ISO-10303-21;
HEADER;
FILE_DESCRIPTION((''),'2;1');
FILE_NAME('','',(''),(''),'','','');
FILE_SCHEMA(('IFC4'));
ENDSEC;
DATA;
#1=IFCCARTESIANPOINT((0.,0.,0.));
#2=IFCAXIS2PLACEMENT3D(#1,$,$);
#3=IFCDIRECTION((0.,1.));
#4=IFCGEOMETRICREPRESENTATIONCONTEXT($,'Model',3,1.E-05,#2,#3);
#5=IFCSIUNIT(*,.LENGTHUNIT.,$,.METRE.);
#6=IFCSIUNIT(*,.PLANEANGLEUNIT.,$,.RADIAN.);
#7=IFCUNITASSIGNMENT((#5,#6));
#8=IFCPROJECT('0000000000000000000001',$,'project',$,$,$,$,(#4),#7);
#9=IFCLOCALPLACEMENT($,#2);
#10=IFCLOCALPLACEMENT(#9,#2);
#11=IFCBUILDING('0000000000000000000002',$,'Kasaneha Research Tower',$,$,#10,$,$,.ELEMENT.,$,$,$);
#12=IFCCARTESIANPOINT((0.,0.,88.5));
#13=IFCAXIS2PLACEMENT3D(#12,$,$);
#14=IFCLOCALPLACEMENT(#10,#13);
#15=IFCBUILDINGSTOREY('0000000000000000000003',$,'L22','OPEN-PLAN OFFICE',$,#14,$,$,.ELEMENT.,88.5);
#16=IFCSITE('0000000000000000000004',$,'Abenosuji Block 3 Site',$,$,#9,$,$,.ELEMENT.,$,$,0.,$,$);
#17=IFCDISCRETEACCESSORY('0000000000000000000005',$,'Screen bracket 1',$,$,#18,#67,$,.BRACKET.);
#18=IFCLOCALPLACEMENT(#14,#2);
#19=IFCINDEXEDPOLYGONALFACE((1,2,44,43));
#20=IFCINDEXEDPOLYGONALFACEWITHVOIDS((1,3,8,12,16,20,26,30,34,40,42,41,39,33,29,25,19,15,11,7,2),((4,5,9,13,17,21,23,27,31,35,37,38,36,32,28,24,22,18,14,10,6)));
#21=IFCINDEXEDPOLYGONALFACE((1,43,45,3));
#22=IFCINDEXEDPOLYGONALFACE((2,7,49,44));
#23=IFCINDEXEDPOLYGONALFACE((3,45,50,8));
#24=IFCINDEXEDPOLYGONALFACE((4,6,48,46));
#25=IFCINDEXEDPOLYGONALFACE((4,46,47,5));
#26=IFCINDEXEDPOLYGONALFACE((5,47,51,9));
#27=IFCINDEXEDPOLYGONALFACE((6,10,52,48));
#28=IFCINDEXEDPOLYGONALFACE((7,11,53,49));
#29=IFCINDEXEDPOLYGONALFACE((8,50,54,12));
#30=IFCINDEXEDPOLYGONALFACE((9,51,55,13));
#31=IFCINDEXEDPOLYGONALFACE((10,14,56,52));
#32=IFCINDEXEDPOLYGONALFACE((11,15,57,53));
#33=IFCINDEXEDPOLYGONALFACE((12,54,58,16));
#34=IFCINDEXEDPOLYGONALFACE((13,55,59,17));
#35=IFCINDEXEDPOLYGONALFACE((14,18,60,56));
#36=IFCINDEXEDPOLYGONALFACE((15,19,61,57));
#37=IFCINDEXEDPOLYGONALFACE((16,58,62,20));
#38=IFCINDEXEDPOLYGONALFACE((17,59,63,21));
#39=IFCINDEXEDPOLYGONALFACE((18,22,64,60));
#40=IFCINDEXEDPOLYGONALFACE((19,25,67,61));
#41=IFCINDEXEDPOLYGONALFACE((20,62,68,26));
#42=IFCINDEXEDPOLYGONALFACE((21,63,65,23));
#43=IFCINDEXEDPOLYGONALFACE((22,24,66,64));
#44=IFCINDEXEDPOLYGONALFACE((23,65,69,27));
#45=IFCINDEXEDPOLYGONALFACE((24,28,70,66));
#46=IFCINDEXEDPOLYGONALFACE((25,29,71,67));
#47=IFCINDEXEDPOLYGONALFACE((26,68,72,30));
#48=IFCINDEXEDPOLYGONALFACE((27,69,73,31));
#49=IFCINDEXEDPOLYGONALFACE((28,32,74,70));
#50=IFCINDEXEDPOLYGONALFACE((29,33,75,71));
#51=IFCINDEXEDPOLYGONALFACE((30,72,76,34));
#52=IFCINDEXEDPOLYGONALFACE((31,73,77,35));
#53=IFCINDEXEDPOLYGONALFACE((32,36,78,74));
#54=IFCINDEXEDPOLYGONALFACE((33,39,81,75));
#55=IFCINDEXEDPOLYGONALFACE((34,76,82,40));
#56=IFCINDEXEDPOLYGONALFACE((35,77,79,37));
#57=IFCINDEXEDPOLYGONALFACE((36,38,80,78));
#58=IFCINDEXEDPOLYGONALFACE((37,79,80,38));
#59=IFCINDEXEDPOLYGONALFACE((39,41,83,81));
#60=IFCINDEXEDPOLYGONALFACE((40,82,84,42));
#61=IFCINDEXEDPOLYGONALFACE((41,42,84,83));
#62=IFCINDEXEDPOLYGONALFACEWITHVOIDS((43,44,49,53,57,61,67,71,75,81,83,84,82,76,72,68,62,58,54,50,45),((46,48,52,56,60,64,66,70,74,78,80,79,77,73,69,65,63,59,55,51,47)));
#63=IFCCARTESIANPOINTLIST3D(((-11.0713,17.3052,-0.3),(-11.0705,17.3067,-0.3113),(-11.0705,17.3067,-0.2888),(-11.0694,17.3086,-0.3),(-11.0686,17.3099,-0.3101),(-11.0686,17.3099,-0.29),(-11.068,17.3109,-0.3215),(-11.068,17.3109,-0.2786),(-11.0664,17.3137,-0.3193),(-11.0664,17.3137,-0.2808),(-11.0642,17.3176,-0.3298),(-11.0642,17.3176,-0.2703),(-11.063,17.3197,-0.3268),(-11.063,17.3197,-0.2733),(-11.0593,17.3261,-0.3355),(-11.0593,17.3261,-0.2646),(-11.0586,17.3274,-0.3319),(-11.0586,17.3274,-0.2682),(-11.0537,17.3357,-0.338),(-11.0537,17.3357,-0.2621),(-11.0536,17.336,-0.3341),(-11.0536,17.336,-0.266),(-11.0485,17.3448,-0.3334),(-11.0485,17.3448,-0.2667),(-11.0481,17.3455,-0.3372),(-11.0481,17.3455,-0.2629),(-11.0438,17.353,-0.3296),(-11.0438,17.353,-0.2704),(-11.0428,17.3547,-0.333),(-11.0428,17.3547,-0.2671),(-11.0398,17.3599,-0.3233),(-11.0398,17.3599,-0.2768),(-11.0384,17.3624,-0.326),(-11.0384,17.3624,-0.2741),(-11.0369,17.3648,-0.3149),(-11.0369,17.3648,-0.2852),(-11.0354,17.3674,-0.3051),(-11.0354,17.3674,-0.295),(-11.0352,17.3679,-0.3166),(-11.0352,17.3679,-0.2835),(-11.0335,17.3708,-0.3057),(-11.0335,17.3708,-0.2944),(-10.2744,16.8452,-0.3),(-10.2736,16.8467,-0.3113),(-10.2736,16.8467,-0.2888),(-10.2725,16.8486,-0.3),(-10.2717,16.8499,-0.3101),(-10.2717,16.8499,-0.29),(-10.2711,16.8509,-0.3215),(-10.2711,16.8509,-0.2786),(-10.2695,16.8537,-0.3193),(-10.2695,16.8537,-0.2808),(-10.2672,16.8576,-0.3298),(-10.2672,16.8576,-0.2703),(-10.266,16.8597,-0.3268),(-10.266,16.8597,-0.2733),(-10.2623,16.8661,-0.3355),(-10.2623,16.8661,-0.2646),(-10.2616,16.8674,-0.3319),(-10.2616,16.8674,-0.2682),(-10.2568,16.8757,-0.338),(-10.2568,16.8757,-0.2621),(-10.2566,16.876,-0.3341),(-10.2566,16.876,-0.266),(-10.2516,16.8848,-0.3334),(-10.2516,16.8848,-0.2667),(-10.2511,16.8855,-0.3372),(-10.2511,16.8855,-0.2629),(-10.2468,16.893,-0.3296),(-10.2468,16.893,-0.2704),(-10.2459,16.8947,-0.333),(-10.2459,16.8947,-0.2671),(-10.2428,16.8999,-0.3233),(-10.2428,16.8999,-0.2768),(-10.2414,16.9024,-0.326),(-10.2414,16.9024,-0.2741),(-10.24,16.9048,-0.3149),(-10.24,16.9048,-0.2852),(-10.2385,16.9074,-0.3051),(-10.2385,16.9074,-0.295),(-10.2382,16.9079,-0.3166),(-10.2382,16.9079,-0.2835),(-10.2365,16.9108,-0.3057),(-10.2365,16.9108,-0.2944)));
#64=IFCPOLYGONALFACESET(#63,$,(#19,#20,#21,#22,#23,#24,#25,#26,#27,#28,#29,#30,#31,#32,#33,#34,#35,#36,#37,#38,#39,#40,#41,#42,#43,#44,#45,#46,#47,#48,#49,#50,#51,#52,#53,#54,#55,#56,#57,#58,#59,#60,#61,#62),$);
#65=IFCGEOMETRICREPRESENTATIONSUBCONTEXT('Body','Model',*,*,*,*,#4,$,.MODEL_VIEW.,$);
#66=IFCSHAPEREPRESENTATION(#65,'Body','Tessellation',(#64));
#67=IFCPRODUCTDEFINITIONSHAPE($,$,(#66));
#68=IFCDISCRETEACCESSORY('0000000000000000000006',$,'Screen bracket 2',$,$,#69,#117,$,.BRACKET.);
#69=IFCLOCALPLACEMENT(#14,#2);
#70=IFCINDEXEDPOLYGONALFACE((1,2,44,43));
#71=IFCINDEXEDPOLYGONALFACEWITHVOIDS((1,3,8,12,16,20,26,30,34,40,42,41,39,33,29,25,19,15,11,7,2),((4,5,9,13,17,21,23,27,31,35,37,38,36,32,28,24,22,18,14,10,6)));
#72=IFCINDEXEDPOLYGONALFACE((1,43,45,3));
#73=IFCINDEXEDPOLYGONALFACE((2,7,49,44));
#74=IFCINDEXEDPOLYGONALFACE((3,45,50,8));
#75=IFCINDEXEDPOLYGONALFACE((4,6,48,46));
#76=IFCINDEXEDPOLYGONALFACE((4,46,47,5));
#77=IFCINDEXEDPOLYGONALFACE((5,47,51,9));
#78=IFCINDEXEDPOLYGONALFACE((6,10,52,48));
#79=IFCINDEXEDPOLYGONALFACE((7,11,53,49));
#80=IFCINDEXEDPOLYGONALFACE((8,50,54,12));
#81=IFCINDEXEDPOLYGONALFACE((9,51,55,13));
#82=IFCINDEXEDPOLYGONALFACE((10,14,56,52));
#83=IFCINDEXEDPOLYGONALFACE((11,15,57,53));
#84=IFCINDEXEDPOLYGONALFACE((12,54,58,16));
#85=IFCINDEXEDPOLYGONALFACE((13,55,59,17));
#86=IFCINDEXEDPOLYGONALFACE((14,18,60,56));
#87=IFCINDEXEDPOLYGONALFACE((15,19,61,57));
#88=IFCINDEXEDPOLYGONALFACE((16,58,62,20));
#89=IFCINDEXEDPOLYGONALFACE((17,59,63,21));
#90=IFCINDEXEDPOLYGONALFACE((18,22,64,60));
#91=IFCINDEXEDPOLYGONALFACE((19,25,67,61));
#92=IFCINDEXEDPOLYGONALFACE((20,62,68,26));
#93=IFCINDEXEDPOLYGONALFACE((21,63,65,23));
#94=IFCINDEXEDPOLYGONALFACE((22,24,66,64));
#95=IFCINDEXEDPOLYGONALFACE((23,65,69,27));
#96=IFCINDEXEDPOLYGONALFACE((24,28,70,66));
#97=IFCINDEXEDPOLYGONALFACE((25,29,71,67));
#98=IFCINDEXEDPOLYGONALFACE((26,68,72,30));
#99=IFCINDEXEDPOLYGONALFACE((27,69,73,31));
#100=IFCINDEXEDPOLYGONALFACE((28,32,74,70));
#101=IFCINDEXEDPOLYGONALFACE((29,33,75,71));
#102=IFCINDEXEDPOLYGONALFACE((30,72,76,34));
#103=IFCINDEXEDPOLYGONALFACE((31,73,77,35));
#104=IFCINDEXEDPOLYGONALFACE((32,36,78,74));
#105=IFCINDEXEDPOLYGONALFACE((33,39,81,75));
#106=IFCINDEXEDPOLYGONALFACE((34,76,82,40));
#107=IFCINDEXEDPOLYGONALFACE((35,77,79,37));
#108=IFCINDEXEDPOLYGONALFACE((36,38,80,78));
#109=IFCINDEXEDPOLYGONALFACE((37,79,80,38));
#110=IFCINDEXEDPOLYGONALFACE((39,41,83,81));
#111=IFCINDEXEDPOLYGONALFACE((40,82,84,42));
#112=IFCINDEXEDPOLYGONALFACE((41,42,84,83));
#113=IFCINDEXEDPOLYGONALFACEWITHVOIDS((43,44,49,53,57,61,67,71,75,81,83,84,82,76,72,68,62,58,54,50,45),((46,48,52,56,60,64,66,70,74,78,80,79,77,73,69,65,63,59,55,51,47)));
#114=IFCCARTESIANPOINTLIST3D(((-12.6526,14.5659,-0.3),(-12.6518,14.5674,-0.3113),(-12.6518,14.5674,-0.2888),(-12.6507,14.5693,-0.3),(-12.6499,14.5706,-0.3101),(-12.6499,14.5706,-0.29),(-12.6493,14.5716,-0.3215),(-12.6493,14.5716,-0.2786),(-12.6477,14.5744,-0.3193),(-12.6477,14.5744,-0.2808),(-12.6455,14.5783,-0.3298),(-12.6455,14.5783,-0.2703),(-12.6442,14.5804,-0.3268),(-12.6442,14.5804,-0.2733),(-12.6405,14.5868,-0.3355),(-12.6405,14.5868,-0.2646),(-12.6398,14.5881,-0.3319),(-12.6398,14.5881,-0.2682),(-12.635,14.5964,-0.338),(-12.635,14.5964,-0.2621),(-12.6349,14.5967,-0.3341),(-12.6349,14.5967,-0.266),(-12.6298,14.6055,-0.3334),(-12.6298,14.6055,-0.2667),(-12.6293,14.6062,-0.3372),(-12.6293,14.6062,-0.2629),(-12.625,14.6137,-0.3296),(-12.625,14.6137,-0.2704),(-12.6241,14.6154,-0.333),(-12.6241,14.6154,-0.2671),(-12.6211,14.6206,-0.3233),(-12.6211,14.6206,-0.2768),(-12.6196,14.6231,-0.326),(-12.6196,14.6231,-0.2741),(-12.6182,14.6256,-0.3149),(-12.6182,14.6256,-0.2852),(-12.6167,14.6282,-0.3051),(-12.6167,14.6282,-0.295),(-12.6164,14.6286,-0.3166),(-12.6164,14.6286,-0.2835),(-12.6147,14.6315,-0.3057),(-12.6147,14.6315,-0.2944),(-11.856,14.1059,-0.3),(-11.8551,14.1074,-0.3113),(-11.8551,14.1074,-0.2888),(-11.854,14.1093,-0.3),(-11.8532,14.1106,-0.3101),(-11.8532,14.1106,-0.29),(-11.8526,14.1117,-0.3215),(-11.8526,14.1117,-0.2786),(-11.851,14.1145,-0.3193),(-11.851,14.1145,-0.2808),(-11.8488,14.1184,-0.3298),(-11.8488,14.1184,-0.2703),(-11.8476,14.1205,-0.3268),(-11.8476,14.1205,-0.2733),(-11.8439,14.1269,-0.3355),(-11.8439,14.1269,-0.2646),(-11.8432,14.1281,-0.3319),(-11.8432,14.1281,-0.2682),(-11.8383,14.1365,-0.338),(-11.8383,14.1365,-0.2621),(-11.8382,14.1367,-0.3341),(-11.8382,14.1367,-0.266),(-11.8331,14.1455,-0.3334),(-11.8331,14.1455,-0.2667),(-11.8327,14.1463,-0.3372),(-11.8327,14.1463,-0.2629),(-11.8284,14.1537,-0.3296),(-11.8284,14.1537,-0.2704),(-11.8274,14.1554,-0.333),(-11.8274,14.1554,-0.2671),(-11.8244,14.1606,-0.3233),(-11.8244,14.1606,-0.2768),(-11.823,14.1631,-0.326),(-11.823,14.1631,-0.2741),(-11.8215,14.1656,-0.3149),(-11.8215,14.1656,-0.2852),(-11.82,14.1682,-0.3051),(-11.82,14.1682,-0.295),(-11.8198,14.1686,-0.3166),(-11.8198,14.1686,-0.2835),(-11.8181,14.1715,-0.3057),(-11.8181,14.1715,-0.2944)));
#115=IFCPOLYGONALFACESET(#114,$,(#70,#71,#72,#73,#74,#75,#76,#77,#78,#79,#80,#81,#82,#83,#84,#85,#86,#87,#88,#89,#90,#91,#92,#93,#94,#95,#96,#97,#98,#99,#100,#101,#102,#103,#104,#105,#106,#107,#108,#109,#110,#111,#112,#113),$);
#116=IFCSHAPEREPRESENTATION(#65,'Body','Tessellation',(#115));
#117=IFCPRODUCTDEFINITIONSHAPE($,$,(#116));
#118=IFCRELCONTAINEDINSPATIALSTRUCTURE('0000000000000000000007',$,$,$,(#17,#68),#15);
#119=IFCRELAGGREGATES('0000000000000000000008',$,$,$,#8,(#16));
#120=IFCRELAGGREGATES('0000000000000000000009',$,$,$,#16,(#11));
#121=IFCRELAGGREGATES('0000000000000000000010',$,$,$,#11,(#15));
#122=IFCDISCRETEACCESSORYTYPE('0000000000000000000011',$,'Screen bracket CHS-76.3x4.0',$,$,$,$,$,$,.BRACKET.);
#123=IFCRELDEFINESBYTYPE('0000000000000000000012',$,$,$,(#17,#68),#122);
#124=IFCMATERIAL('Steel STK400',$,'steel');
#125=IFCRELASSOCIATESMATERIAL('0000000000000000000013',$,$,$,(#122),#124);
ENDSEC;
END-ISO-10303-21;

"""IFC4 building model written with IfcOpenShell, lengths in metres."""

from ifc_helpers import new_model, si_unit, direction, frame, origin, origin_2d, place, context, subcontext, project, spatial, hollow_circle, extrude, material, material_profile, profile_set, type_object, element, save


model = new_model("IFC4")

# Units and contexts
model_context = context("Model", 3, precision=1e-05, world=origin(), true_north=direction((0.0, 1.0)))
body_context = subcontext(model_context, "Body", "Model", "MODEL_VIEW")
ifc_project = project(units=[si_unit("LENGTHUNIT", "METRE"), si_unit("PLANEANGLEUNIT", "RADIAN")], contexts=[model_context])

# Site, building, storey
site_placement = place(None, origin())
site = spatial("IfcSite", under=ifc_project, at=site_placement, Name="Abenosuji Block 3 Site", CompositionType="ELEMENT", RefElevation=0.0)
building_placement = place(site_placement, origin())
building = spatial("IfcBuilding", under=site, at=building_placement, Name="Kasaneha Research Tower", CompositionType="ELEMENT")
storey_placement = place(building_placement, frame((0.0, 0.0, 88.5)))
storey = spatial("IfcBuildingStorey", under=building, at=storey_placement, Name="L22", Description="OPEN-PLAN OFFICE", CompositionType="ELEMENT", Elevation=88.5)

# Discrete accessories
ifc_material_1 = material(Name="Steel STK400", Category="steel")
ifc_material_profile_1 = material_profile(ifc_material_1, hollow_circle(Radius=0.0381, WallThickness=0.0039, at=origin_2d()), Name="CHS-76.3x4.0")
ifc_profile_set_1 = profile_set([ifc_material_profile_1], Name="Steel STK400")
discrete_accessory_type = type_object("IfcDiscreteAccessoryType", Name="Screen bracket CHS-76.3x4.0", PredefinedType="BRACKET", material=ifc_profile_set_1)
discrete_accessory_1_placement = place(storey_placement, frame((-10.2554, 16.8782, -0.3), z_axis=(-0.86608, 0.499906, 0.0), x_axis=(-0.499906, -0.86608, 0.0)))
element("IfcDiscreteAccessory", 1, at=discrete_accessory_1_placement, inside=storey, type_object=discrete_accessory_type, Name="Screen bracket 1", PredefinedType="BRACKET", context=body_context, shape_type="SweptSolid", body=[
    extrude(hollow_circle(Radius=0.0381, WallThickness=0.0039, at=origin_2d()), origin(), (0.0, 0.0, 1.0), 0.9202),
])
discrete_accessory_2_placement = place(storey_placement, frame((-11.8369, 14.1389, -0.3), z_axis=(-0.866013, 0.500021, 0.0), x_axis=(-0.500021, -0.866013, 0.0)))
element("IfcDiscreteAccessory", 2, at=discrete_accessory_2_placement, inside=storey, type_object=discrete_accessory_type, Name="Screen bracket 2", PredefinedType="BRACKET", context=body_context, shape_type="SweptSolid", body=[
    extrude(hollow_circle(Radius=0.0381, WallThickness=0.0039, at=origin_2d()), origin(), (0.0, 0.0, 1.0), 0.9199),
])

save(model, "model.ifc")
